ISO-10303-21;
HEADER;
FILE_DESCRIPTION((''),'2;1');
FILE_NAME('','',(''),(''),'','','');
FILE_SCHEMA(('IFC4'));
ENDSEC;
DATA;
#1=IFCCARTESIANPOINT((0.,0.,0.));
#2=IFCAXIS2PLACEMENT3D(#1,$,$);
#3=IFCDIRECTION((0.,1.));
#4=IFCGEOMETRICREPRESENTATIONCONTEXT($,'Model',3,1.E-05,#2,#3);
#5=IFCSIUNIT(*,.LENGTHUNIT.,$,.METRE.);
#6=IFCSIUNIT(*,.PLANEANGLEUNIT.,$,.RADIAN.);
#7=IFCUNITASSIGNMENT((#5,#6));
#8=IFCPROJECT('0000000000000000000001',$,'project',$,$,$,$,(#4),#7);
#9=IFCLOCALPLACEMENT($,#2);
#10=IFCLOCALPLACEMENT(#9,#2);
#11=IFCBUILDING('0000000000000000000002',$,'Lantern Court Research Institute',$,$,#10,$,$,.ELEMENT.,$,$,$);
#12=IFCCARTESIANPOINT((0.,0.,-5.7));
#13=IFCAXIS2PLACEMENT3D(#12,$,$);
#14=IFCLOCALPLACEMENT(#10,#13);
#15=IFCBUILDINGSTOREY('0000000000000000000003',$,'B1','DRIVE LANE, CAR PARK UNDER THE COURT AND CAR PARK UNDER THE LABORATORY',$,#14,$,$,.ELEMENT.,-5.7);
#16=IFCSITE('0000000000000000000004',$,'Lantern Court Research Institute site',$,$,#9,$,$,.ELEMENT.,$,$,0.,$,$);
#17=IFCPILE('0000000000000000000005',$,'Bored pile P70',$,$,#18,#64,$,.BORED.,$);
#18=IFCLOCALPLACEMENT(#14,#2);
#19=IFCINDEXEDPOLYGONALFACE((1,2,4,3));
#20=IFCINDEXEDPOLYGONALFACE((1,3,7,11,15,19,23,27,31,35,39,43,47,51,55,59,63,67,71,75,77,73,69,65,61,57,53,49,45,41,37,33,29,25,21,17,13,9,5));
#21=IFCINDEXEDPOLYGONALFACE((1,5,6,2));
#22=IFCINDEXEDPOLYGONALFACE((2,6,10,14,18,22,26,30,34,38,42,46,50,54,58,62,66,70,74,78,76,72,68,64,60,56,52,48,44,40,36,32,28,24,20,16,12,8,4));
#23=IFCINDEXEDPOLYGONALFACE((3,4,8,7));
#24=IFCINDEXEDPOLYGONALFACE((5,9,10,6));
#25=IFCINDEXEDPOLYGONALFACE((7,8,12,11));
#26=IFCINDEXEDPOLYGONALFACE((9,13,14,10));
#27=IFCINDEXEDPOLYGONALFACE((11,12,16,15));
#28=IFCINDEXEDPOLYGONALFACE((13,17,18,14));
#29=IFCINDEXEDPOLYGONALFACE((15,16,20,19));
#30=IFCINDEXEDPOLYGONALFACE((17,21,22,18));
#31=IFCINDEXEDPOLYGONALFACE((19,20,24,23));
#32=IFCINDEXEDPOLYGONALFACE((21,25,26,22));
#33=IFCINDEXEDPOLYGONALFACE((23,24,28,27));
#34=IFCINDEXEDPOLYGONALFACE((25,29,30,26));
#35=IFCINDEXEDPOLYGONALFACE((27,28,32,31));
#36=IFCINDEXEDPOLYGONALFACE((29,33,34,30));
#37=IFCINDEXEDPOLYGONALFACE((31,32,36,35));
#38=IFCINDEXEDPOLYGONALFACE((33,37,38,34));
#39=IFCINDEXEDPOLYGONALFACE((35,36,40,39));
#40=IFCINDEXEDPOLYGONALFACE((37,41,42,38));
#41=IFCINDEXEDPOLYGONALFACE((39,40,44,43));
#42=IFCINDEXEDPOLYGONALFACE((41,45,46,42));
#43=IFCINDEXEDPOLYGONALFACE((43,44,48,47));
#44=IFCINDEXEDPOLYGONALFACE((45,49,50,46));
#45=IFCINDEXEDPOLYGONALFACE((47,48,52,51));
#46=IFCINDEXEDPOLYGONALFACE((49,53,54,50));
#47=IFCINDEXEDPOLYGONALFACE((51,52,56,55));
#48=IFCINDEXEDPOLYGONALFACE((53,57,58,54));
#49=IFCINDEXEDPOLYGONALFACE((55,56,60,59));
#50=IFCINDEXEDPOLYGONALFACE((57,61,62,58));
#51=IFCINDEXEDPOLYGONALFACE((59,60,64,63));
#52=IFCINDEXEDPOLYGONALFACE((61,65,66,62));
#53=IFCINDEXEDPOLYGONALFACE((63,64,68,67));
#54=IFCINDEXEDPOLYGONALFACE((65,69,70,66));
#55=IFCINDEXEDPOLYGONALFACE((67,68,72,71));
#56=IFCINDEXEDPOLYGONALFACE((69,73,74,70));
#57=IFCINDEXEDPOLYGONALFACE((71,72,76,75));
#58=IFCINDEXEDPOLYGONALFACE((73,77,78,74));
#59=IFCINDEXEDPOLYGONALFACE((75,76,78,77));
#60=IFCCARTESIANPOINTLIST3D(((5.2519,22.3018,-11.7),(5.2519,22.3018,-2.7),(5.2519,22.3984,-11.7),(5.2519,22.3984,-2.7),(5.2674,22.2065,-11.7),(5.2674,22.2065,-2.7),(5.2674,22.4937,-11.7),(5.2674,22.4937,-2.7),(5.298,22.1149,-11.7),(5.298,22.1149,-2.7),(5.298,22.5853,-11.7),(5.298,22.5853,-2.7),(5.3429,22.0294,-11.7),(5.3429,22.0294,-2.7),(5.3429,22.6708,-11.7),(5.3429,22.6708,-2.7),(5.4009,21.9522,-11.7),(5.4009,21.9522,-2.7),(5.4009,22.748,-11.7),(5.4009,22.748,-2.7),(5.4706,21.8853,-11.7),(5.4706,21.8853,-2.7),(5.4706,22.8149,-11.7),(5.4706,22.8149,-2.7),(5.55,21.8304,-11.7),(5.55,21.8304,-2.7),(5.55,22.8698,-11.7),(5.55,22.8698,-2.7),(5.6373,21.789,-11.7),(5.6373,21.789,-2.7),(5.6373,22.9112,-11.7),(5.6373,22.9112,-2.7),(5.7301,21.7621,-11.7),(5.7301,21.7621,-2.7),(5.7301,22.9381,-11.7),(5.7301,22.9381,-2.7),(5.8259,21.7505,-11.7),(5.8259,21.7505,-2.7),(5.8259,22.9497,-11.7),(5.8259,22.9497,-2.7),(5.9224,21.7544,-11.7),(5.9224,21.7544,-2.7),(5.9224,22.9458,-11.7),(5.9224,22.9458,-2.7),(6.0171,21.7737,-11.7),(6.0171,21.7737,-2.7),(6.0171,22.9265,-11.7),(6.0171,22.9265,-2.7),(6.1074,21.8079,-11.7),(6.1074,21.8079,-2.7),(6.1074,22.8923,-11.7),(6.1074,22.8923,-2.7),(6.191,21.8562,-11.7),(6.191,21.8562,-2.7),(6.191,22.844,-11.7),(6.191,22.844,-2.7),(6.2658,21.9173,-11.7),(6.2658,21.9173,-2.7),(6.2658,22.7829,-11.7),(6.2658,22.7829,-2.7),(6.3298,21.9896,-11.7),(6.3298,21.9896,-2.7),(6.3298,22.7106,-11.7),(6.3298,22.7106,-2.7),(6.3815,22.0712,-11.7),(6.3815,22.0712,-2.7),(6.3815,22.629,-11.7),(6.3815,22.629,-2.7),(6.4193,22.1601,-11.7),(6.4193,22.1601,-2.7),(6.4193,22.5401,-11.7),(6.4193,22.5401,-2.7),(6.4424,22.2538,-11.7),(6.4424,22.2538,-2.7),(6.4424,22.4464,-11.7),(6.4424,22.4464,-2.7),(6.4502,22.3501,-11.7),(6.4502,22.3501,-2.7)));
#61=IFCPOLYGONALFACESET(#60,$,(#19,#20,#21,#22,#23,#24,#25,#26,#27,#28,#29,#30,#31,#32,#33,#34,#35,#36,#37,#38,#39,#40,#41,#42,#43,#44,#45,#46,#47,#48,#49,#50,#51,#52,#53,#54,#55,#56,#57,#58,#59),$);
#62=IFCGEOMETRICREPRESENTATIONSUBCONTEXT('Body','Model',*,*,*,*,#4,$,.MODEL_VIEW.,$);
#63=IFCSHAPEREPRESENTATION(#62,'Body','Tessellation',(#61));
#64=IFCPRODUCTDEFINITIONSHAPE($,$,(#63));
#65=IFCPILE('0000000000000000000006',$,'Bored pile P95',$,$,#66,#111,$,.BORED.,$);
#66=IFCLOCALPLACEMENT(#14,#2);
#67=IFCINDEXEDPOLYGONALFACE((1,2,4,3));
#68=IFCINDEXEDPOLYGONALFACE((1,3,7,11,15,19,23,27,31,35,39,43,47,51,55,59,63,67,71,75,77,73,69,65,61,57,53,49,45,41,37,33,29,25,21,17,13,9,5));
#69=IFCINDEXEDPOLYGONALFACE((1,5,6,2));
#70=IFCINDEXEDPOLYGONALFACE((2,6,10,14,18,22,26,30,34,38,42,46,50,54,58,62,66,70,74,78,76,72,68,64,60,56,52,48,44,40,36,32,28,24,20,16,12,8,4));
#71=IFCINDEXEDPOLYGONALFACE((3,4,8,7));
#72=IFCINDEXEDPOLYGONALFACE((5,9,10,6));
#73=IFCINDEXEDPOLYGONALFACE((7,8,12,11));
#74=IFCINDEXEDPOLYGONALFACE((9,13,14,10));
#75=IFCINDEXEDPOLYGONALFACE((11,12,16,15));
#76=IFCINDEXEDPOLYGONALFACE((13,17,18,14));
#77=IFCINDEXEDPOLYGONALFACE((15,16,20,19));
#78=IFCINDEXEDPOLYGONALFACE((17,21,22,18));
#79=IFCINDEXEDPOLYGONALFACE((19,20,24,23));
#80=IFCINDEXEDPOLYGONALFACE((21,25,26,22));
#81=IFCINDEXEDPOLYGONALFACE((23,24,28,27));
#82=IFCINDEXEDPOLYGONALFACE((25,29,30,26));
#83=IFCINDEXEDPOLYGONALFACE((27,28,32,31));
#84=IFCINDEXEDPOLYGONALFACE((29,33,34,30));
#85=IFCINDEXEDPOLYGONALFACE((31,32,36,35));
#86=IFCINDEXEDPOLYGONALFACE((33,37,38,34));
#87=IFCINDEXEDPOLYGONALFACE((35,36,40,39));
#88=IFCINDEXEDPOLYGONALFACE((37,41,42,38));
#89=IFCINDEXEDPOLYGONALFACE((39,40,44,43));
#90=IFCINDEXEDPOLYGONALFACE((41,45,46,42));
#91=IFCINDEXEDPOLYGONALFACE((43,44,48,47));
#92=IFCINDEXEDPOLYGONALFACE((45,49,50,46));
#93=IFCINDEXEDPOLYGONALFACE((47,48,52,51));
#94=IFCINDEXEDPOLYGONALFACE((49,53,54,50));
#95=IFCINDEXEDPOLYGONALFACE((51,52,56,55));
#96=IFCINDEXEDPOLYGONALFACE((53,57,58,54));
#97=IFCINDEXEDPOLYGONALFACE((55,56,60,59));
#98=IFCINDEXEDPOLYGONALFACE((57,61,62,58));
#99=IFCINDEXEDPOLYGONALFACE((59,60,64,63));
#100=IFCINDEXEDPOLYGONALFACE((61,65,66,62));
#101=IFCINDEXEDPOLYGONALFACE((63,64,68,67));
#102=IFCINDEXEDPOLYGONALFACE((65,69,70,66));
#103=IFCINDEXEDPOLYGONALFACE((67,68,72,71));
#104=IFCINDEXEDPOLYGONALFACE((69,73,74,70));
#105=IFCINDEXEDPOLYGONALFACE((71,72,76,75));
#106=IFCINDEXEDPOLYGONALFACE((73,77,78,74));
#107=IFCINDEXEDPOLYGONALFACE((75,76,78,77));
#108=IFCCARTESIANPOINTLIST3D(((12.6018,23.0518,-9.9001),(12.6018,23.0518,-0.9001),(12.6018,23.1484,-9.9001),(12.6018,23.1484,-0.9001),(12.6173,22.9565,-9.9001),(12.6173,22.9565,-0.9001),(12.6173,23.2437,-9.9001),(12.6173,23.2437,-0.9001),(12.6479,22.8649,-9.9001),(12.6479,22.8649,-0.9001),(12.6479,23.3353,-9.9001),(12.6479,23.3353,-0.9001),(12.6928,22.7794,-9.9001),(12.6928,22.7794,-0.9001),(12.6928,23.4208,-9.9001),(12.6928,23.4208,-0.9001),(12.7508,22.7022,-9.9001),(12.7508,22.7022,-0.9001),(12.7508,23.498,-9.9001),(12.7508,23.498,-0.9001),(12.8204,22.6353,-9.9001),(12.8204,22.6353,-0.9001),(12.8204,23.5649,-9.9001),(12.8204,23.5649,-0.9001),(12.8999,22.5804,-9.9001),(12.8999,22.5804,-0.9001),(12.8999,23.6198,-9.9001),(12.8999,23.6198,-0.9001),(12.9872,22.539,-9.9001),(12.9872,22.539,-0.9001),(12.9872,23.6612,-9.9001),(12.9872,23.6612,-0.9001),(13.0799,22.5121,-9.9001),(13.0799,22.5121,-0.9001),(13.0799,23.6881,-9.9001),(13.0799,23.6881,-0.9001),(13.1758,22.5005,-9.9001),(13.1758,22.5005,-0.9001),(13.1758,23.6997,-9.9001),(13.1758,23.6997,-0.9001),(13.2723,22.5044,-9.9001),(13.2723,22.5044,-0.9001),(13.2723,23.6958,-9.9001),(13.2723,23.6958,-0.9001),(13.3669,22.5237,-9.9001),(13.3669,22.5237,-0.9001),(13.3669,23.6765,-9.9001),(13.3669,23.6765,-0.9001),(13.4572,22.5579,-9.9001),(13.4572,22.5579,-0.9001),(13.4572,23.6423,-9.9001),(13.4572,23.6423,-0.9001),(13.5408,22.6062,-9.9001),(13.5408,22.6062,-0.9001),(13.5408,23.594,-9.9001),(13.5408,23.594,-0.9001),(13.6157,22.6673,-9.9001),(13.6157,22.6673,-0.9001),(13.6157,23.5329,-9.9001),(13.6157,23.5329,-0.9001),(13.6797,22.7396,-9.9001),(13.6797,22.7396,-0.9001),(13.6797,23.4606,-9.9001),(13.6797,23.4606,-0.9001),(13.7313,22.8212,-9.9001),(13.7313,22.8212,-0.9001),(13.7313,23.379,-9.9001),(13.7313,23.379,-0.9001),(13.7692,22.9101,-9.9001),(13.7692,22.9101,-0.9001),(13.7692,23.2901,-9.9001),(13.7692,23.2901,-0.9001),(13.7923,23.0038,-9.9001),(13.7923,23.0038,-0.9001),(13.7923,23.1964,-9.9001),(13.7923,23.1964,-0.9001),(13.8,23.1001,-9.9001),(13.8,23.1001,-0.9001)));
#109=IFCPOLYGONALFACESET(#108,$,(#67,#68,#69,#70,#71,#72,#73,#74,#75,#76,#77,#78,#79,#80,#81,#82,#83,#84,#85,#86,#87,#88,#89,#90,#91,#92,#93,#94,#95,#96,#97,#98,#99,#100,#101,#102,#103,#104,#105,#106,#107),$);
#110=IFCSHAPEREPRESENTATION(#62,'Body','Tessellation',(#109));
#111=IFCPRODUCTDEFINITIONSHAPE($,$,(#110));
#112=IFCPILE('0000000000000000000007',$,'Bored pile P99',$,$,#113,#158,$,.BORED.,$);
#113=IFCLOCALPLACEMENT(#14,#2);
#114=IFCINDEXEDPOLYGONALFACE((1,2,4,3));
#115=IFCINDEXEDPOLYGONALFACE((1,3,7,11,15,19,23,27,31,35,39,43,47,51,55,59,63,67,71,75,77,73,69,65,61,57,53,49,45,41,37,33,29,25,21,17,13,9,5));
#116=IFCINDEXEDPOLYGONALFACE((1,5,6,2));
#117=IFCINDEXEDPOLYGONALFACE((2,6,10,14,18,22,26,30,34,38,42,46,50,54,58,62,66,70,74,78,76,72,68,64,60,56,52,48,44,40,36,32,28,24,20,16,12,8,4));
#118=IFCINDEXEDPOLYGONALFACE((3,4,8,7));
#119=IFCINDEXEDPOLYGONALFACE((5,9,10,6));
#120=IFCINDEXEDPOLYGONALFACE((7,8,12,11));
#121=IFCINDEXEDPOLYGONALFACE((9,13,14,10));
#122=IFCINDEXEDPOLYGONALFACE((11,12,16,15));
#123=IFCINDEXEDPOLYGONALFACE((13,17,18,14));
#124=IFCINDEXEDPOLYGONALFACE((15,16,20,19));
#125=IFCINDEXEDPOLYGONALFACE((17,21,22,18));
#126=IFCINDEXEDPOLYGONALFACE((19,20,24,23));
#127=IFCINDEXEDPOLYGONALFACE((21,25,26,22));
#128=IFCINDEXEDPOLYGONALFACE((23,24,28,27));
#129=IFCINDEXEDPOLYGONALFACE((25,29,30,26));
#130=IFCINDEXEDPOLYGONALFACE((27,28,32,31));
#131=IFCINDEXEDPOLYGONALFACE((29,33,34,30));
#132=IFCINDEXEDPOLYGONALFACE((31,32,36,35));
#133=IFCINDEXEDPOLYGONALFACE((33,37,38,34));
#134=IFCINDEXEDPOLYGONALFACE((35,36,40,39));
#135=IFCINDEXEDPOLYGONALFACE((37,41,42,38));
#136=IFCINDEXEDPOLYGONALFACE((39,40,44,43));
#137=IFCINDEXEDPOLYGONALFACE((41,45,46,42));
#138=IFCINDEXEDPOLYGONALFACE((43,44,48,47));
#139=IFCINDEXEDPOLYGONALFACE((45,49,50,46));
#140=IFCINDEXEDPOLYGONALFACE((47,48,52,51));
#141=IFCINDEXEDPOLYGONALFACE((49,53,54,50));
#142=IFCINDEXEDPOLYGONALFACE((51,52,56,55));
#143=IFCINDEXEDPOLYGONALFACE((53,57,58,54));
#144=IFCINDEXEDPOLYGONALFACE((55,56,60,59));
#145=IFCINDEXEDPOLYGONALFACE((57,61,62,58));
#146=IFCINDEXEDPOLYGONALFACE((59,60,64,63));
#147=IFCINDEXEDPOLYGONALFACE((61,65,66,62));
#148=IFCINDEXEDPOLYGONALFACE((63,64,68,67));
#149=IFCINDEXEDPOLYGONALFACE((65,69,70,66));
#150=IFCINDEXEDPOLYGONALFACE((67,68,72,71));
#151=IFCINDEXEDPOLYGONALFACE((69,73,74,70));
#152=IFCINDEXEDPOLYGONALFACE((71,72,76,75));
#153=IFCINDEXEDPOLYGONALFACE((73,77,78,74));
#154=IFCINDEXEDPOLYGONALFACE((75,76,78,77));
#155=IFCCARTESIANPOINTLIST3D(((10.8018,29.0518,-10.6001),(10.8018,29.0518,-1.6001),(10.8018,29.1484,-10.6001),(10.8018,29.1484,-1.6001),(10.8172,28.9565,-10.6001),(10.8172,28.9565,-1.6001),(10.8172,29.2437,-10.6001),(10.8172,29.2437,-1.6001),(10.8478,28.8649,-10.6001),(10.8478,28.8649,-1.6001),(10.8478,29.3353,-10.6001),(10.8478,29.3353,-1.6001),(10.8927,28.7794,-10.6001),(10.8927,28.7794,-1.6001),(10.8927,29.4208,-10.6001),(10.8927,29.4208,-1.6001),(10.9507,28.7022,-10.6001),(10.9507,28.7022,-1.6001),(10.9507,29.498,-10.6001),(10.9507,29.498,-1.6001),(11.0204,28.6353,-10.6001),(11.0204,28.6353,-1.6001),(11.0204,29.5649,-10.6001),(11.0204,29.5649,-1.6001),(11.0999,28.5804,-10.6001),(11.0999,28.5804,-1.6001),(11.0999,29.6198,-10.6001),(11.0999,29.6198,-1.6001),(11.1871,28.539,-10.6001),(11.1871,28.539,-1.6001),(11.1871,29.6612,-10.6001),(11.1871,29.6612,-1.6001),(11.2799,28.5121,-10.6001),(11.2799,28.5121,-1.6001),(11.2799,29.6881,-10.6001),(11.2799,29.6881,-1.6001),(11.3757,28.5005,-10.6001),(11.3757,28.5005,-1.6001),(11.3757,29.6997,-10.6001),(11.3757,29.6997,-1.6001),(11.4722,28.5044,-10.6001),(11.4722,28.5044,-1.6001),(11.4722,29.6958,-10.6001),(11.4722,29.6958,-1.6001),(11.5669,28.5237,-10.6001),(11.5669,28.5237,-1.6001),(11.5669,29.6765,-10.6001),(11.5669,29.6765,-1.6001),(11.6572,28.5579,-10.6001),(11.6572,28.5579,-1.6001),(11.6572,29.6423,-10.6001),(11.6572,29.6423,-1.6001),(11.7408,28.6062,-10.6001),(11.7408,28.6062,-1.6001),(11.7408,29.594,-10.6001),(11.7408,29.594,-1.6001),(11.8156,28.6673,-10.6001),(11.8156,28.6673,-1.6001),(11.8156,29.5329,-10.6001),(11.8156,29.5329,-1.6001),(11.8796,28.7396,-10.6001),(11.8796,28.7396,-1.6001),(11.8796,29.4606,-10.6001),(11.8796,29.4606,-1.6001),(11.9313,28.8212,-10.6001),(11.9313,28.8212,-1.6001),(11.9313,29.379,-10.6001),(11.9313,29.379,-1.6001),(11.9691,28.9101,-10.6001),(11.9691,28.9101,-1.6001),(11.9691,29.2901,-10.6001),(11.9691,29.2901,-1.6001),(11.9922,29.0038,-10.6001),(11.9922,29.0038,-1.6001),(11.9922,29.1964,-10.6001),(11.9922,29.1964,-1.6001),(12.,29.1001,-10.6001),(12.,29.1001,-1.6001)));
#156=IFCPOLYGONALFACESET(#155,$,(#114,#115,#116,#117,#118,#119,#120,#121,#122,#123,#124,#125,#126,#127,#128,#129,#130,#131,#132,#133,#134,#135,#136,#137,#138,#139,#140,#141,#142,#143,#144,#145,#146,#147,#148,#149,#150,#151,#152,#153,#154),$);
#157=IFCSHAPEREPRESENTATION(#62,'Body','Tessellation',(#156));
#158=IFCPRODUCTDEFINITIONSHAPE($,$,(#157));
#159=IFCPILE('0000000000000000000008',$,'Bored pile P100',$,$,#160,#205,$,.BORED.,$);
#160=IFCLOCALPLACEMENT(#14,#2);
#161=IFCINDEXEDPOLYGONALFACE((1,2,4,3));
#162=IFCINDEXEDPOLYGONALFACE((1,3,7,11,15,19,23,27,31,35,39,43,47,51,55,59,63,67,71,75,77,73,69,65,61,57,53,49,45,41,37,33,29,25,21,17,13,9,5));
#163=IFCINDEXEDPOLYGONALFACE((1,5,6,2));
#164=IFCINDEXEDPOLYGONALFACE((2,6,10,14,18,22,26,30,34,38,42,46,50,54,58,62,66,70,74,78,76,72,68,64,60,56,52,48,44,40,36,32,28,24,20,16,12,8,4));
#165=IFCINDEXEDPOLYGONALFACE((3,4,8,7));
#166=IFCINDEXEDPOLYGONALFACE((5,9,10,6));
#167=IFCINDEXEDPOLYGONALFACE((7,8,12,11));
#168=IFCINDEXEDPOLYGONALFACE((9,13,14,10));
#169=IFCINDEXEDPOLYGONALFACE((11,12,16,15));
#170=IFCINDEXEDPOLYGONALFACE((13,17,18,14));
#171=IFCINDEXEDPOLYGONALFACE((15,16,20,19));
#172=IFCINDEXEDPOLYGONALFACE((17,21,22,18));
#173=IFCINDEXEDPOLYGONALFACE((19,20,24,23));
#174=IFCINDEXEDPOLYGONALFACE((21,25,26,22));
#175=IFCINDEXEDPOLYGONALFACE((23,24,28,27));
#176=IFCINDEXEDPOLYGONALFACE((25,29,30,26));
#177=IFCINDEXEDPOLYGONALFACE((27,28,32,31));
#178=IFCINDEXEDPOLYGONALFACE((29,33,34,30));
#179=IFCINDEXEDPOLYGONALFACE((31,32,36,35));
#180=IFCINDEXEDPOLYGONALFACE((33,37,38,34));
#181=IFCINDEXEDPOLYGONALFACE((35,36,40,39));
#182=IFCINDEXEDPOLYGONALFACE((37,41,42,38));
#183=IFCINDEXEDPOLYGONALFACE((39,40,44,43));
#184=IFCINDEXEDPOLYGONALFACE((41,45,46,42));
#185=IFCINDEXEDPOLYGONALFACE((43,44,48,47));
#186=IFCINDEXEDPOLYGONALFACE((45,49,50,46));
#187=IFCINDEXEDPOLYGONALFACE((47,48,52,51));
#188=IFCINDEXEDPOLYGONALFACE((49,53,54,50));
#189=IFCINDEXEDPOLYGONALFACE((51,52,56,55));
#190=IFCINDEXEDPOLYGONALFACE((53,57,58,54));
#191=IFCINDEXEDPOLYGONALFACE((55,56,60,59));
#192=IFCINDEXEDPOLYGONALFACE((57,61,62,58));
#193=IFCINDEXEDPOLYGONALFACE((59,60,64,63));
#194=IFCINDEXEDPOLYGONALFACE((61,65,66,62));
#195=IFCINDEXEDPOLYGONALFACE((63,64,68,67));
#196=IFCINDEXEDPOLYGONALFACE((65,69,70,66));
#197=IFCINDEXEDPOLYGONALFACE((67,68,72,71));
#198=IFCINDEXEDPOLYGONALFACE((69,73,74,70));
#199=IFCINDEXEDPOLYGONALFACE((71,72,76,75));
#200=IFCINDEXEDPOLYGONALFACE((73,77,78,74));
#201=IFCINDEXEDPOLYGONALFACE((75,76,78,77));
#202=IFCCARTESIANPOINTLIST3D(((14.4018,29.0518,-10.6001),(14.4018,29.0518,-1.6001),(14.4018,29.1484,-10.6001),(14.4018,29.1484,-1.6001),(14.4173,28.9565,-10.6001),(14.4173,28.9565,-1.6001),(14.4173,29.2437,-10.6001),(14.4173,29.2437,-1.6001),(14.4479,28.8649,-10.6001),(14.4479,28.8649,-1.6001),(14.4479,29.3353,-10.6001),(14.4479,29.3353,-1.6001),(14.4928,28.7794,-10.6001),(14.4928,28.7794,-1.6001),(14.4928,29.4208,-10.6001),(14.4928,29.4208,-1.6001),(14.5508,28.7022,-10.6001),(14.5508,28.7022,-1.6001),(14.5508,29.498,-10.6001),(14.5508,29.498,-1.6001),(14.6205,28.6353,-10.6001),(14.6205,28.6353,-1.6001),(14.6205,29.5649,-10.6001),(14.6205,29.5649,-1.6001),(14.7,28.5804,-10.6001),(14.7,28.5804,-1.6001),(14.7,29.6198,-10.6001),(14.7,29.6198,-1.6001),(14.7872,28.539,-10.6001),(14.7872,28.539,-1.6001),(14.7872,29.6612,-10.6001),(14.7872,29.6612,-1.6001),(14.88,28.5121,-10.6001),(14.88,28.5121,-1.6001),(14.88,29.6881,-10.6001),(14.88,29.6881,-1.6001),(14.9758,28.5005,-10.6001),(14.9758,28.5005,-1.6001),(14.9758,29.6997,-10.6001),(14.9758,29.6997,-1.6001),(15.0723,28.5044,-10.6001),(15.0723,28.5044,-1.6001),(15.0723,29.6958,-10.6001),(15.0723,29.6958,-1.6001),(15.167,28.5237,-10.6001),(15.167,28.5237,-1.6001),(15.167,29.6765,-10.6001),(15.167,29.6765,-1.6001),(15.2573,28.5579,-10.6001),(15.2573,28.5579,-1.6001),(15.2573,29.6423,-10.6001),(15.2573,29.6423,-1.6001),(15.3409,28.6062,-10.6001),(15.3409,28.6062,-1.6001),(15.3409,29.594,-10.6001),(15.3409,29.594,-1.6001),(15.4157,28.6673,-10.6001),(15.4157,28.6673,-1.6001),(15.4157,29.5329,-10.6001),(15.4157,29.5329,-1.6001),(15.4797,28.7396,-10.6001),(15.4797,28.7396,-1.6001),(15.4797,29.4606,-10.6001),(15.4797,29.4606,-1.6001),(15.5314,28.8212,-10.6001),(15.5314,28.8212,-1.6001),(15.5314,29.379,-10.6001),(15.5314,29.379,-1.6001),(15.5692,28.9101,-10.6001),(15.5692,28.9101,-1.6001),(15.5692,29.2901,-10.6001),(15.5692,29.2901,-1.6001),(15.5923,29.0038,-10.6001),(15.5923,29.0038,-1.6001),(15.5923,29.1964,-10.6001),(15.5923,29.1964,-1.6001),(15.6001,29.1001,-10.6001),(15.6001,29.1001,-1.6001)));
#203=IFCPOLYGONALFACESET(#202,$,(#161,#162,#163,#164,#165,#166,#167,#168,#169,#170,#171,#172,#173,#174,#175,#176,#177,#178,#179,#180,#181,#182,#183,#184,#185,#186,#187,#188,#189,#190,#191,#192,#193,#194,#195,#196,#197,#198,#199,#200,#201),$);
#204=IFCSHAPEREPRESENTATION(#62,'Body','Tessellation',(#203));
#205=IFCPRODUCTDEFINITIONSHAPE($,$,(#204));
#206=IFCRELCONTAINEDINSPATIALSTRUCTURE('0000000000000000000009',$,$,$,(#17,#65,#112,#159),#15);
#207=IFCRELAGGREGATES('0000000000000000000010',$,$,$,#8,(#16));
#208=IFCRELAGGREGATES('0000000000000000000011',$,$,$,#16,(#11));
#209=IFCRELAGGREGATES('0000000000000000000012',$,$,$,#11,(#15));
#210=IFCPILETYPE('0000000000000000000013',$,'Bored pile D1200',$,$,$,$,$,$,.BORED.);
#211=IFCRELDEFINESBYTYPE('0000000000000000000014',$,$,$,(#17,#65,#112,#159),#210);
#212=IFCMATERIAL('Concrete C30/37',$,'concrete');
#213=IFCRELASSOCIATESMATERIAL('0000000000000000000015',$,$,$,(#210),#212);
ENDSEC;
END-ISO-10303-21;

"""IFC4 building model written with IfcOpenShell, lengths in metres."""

from ifc_helpers import new_model, si_unit, direction, frame, origin, origin_2d, place, context, subcontext, project, spatial, circle, extrude, material, material_profile, profile_set, type_object, element, save


model = new_model("IFC4")

# Units and contexts
model_context = context("Model", 3, precision=1e-05, world=origin(), true_north=direction((0.0, 1.0)))
body_context = subcontext(model_context, "Body", "Model", "MODEL_VIEW")
ifc_project = project(units=[si_unit("LENGTHUNIT", "METRE"), si_unit("PLANEANGLEUNIT", "RADIAN")], contexts=[model_context])

# Site, building, storey
site_placement = place(None, origin())
site = spatial("IfcSite", under=ifc_project, at=site_placement, Name="Lantern Court Research Institute site", CompositionType="ELEMENT", RefElevation=0.0)
building_placement = place(site_placement, origin())
building = spatial("IfcBuilding", under=site, at=building_placement, Name="Lantern Court Research Institute", CompositionType="ELEMENT")
storey_placement = place(building_placement, frame((0.0, 0.0, -5.7)))
storey = spatial("IfcBuildingStorey", under=building, at=storey_placement, Name="B1", Description="DRIVE LANE, CAR PARK UNDER THE COURT AND CAR PARK UNDER THE LABORATORY", CompositionType="ELEMENT", Elevation=-5.7)

# Piles
ifc_material_1 = material(Name="Concrete C30/37", Category="concrete")
ifc_material_profile_1 = material_profile(ifc_material_1, circle(Radius=0.6001, at=origin_2d()), Name="Bored pile D1200")
ifc_profile_set_1 = profile_set([ifc_material_profile_1], Name="Concrete C30/37")
pile_type = type_object("IfcPileType", Name="Bored pile D1200", PredefinedType="BORED", material=ifc_profile_set_1)
for number, where, z_axis, x_axis, name in (
    (1, (5.8501, 22.3501, -2.7), (0.0, 0.0, -1.0), (1.0, 0.0, 0.0), "Bored pile P70"),
    (2, (13.2, 23.1001, -0.9001), (0.0, 0.0, -1.0), (1.0, 0.0, 0.0), "Bored pile P95"),
    (3, (11.3999, 29.1001, -1.6001), (0.0, 0.0, -1.0), (1.0, 0.0, 0.0), "Bored pile P99"),
    (4, (15.0, 29.1001, -1.6001), (0.0, 0.0, -1.0), (1.0, 0.0, 0.0), "Bored pile P100"),
):
    element("IfcPile", number, at=place(storey_placement, frame(where, z_axis=z_axis, x_axis=x_axis)), inside=storey, type_object=pile_type, Name=name, PredefinedType="BORED", context=body_context, shape_type="SweptSolid", body=[
        extrude(circle(Radius=0.6001, at=origin_2d()), origin(), (0.0, 0.0, 1.0), 9.0),
    ])

save(model, "model.ifc")
